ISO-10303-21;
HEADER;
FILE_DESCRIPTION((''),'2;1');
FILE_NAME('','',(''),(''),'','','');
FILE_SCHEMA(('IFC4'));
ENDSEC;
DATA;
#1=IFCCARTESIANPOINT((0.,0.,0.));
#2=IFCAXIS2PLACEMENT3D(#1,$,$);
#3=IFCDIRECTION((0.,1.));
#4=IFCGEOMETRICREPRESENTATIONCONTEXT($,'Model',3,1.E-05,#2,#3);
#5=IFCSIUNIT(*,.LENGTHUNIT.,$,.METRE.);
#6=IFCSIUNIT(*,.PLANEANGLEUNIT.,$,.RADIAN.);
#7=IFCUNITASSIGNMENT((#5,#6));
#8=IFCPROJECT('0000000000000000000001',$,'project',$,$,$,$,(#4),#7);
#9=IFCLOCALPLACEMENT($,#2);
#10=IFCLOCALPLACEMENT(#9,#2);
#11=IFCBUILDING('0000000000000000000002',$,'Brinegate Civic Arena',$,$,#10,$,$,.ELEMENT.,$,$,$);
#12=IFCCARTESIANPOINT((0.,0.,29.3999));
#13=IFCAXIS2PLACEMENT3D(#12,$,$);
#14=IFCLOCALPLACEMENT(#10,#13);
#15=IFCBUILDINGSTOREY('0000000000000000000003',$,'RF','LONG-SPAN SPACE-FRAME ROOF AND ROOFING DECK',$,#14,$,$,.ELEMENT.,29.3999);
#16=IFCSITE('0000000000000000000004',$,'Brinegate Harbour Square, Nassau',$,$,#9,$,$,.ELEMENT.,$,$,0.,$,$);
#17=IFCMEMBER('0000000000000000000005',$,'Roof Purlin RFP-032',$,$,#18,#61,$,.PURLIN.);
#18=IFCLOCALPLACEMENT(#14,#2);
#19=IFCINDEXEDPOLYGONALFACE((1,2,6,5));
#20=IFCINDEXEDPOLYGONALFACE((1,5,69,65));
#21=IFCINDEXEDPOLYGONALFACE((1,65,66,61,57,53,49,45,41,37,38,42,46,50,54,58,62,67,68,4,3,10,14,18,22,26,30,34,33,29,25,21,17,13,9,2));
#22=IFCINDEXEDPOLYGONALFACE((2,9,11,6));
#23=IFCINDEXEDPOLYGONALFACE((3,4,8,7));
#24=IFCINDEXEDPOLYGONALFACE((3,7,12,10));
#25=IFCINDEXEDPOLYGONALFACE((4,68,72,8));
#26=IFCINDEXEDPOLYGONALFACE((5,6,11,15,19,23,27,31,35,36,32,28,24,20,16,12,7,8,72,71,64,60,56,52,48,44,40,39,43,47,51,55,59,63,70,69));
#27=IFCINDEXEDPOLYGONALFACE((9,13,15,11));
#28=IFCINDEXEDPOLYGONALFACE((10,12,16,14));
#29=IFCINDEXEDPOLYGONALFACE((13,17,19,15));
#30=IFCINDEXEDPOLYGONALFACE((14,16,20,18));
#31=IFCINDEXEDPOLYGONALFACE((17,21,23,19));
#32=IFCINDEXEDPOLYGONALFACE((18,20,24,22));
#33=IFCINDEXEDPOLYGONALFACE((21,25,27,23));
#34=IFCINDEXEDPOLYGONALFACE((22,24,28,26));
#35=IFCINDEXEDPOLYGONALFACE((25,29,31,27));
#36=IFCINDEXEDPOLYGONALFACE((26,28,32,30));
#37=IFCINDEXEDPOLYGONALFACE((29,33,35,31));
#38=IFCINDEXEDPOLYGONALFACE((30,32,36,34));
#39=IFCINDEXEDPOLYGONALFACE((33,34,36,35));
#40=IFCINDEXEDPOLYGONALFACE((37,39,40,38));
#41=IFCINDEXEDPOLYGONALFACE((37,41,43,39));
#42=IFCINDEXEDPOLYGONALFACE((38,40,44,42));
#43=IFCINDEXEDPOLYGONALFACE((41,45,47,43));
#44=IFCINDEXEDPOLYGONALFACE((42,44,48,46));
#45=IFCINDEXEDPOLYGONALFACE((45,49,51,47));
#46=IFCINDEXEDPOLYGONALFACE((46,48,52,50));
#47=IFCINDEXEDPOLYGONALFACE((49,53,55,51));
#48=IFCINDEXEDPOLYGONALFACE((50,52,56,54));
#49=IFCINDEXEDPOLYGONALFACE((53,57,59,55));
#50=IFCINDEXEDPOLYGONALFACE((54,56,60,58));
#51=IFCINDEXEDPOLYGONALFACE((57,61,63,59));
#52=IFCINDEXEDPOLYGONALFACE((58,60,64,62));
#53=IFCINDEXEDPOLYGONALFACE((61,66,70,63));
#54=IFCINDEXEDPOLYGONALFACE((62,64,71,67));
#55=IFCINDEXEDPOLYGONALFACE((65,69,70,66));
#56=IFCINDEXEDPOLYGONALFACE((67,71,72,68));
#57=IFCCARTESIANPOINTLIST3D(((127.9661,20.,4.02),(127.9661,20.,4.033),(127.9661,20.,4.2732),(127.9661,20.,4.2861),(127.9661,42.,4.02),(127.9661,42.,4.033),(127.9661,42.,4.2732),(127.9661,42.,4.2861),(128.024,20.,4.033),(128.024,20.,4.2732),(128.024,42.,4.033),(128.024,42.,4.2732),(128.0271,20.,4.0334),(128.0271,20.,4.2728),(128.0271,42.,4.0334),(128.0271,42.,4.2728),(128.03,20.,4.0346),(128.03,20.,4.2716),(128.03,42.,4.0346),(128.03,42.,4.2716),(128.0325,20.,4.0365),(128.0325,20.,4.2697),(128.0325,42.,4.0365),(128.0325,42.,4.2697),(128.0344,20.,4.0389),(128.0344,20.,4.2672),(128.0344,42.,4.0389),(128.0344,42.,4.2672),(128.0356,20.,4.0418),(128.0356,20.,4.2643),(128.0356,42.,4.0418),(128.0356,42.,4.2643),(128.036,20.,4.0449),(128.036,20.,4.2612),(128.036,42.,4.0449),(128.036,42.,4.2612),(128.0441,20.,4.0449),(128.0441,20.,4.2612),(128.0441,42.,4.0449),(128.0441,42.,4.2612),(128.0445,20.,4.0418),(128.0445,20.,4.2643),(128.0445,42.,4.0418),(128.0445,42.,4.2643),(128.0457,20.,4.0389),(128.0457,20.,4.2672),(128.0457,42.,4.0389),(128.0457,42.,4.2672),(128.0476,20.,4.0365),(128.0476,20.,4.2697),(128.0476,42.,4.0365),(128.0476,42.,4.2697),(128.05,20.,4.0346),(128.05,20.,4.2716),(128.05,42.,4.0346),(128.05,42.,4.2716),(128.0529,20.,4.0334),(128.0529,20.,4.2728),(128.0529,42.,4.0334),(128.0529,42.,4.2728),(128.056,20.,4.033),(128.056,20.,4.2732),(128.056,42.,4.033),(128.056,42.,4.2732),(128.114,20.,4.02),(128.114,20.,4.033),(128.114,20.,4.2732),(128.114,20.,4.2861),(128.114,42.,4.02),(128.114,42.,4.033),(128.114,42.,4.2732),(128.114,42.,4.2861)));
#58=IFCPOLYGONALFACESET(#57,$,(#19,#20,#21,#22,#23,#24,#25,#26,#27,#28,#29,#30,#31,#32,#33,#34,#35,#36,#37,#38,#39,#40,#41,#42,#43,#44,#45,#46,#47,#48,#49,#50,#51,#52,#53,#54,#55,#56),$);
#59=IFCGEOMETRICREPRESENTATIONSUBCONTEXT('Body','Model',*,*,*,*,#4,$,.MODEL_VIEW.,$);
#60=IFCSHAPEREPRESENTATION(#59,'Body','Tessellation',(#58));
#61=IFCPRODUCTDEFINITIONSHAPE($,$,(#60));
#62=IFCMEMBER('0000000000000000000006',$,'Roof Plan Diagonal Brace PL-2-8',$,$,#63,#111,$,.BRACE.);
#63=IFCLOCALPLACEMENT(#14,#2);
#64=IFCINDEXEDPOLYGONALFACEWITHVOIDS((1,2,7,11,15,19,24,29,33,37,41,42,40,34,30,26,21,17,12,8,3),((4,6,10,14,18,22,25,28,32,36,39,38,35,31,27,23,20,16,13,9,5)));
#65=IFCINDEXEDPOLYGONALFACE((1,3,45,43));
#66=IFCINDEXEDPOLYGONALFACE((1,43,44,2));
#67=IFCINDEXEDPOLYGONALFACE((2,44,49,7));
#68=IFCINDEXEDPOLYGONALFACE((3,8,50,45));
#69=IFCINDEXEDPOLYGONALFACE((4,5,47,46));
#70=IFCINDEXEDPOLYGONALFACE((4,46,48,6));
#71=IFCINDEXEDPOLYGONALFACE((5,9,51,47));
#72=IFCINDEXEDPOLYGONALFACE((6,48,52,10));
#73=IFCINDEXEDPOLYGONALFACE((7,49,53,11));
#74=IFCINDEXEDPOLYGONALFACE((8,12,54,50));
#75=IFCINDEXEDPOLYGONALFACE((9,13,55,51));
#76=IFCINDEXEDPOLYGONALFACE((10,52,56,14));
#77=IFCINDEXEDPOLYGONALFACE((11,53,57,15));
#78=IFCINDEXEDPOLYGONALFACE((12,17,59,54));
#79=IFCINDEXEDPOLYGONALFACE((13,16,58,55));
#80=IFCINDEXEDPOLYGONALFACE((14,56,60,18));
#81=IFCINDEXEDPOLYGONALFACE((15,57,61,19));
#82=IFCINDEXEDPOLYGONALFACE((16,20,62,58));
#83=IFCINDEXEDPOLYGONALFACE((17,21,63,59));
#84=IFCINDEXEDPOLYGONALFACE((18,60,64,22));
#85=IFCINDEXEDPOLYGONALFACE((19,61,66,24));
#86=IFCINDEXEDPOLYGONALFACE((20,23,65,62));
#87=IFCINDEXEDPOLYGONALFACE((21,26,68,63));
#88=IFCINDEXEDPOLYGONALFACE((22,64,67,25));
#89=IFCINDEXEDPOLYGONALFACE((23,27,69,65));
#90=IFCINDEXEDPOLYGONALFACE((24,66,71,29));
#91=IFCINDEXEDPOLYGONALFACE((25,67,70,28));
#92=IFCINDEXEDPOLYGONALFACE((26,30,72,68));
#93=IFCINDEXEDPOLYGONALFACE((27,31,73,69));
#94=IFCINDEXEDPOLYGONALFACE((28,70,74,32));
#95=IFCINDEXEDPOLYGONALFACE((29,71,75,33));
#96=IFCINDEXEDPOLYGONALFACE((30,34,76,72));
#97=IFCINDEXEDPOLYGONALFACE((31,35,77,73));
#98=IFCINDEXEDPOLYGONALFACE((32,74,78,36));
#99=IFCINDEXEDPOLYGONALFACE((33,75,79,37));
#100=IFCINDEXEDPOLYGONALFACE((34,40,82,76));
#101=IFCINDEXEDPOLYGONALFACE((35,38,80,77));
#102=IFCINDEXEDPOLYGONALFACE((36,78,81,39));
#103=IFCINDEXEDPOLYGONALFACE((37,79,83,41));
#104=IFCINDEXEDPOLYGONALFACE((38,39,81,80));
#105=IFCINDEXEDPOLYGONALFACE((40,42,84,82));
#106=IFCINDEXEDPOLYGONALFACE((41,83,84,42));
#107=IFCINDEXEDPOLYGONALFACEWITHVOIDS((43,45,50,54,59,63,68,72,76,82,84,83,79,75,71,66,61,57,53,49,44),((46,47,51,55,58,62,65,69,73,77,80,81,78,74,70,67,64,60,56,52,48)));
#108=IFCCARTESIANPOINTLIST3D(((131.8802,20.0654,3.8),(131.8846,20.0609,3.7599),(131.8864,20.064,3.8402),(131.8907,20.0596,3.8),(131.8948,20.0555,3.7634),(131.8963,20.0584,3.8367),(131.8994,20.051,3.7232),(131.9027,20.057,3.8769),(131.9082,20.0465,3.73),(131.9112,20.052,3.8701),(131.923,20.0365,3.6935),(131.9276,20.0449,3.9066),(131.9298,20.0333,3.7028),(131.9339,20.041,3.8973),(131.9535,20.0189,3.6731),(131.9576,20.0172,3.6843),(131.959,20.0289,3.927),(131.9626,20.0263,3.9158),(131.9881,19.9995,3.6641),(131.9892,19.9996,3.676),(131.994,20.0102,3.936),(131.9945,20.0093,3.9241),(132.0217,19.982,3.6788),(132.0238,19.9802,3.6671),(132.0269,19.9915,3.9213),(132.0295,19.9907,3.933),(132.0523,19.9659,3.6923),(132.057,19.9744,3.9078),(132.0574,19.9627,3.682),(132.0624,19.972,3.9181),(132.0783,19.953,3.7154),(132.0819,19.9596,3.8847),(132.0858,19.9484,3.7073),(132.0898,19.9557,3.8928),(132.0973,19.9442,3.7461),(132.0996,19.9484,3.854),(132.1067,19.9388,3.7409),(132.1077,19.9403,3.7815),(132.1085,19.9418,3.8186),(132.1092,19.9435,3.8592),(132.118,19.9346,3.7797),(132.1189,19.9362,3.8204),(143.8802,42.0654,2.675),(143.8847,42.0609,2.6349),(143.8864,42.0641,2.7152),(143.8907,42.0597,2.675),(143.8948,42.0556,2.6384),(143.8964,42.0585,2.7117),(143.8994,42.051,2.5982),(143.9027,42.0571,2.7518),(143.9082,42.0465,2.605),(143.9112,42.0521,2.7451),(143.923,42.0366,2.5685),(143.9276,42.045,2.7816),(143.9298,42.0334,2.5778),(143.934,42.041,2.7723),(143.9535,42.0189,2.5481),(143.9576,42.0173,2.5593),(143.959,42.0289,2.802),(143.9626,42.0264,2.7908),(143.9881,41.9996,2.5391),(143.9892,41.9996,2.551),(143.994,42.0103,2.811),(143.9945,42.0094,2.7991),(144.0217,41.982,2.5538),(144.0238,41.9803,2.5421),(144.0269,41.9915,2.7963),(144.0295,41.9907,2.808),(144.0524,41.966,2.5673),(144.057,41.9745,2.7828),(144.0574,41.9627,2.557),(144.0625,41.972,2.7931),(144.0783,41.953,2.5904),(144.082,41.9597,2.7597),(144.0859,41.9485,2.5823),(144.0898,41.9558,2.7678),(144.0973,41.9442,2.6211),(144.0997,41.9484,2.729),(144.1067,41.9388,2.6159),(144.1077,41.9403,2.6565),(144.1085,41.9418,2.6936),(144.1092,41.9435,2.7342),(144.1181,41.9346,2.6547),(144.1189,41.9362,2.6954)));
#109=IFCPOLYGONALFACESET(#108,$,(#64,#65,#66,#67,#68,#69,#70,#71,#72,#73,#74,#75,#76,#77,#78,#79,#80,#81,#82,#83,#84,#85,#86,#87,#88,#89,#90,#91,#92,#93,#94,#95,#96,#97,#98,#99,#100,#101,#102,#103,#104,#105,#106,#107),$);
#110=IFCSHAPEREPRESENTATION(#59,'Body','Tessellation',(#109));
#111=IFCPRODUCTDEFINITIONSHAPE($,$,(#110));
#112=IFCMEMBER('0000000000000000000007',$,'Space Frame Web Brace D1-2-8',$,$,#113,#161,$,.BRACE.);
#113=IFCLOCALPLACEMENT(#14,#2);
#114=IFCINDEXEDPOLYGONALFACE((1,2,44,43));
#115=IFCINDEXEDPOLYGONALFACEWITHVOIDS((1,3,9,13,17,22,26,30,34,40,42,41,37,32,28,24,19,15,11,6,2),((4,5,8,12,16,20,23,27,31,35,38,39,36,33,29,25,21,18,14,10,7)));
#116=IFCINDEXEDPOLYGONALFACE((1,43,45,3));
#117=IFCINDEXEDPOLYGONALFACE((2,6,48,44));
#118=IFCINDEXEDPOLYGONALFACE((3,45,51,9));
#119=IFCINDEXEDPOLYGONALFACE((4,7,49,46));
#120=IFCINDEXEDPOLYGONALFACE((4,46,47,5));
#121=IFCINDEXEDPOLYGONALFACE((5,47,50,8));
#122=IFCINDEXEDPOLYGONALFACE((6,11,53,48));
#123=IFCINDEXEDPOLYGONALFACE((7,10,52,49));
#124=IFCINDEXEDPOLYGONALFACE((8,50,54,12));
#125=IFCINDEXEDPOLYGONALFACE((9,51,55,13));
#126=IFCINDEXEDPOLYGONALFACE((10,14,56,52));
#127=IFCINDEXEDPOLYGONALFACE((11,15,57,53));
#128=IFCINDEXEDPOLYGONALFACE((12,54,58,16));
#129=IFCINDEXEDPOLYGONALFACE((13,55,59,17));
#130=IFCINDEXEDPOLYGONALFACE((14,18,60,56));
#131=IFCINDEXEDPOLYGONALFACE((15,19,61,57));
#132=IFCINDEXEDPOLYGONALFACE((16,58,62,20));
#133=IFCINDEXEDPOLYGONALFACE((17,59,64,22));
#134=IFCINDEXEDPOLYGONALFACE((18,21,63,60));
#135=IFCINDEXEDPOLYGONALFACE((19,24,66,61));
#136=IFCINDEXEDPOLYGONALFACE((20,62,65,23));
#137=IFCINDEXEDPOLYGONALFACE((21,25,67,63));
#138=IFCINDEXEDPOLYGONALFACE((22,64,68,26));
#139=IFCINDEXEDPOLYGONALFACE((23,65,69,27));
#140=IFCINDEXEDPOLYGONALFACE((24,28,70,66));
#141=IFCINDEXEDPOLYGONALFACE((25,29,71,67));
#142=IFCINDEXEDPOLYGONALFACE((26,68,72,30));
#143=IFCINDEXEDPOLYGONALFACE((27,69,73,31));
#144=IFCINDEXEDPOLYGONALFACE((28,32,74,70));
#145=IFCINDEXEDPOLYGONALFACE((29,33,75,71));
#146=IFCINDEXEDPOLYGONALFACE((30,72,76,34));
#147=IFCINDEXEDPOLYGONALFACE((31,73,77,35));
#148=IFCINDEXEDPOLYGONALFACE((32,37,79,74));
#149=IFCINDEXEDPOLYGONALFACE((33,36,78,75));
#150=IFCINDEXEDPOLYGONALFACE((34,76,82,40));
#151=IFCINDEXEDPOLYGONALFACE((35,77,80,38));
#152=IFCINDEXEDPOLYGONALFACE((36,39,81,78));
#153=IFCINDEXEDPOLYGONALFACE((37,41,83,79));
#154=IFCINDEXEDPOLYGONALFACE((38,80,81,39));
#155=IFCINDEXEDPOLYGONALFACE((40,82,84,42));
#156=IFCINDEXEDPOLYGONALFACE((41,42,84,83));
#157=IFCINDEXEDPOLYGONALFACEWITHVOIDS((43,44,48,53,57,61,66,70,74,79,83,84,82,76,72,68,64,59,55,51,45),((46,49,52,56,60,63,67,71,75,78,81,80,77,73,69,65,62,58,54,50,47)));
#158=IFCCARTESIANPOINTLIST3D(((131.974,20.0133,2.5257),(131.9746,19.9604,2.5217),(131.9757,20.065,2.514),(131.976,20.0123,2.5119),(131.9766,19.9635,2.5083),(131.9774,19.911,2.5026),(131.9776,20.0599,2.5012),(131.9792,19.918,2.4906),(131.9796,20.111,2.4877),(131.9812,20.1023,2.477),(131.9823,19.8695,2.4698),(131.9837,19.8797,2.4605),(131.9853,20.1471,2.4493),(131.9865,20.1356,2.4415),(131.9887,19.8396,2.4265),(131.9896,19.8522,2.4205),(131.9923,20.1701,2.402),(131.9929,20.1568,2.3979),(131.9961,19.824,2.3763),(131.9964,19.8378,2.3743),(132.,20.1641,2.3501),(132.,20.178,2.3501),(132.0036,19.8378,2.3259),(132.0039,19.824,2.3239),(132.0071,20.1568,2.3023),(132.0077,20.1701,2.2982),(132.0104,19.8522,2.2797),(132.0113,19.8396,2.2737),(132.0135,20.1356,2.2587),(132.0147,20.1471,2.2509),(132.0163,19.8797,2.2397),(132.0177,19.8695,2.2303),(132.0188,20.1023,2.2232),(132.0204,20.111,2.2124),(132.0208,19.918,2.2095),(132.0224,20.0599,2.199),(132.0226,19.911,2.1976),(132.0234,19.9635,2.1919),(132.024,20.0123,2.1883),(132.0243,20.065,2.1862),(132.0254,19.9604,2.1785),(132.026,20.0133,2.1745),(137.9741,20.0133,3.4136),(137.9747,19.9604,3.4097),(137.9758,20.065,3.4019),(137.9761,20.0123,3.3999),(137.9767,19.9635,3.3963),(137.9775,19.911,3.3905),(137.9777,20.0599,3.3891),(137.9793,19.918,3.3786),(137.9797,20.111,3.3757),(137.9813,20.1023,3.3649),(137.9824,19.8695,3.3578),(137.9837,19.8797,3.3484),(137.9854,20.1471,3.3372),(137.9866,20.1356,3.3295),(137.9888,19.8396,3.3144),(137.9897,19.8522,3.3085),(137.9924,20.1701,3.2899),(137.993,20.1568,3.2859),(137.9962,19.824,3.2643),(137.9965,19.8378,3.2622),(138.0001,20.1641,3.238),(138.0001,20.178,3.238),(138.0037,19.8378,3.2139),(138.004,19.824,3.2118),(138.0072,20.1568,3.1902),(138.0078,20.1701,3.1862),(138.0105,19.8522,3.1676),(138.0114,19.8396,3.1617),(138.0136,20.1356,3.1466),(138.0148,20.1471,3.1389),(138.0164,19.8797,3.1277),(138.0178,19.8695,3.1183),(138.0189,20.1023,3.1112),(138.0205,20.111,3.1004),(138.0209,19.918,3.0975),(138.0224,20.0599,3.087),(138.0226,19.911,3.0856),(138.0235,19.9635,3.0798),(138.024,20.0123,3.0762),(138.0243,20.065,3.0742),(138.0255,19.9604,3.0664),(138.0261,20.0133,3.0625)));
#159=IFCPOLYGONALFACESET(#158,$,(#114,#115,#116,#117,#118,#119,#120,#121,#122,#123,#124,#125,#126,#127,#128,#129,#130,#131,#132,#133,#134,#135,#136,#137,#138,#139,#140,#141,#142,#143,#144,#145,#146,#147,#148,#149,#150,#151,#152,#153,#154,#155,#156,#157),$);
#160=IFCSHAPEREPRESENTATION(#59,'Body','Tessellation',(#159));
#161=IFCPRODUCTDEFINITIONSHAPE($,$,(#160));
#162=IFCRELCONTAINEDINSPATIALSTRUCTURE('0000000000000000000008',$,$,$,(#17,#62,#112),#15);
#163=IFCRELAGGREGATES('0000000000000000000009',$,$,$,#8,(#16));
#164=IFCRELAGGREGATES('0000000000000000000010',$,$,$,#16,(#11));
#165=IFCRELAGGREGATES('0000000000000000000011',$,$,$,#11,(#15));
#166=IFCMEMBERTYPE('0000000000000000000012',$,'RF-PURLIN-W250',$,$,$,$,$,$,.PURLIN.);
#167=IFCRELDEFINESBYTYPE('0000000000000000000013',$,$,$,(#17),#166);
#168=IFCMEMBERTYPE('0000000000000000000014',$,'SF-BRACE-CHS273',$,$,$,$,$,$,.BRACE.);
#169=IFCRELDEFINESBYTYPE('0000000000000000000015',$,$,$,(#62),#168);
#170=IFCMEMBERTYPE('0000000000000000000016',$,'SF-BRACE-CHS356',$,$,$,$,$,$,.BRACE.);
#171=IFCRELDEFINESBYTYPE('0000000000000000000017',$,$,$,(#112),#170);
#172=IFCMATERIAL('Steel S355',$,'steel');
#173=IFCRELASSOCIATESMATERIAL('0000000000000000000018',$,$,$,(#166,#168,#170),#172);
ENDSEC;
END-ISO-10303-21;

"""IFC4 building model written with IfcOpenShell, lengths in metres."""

from ifc_helpers import new_model, si_unit, direction, frame, origin, origin_2d, place, context, subcontext, project, spatial, hollow_circle, i_section, extrude, material, material_profile, profile_set, type_object, element, save


model = new_model("IFC4")

# Units and contexts
model_context = context("Model", 3, precision=1e-05, world=origin(), true_north=direction((0.0, 1.0)))
body_context = subcontext(model_context, "Body", "Model", "MODEL_VIEW")
ifc_project = project(units=[si_unit("LENGTHUNIT", "METRE"), si_unit("PLANEANGLEUNIT", "RADIAN")], contexts=[model_context])

# Site, building, storey
site_placement = place(None, origin())
site = spatial("IfcSite", under=ifc_project, at=site_placement, Name="Brinegate Harbour Square, Nassau", CompositionType="ELEMENT", RefElevation=0.0)
building_placement = place(site_placement, origin())
building = spatial("IfcBuilding", under=site, at=building_placement, Name="Brinegate Civic Arena", CompositionType="ELEMENT")
storey_placement = place(building_placement, frame((0.0, 0.0, 29.3999)))
storey = spatial("IfcBuildingStorey", under=building, at=storey_placement, Name="RF", Description="LONG-SPAN SPACE-FRAME ROOF AND ROOFING DECK", CompositionType="ELEMENT", Elevation=29.3999)

# Shared definitions
ifc_material_1 = material(Name="Steel S355", Category="steel")

# Members
ifc_material_profile_1 = material_profile(ifc_material_1, i_section(OverallWidth=0.1479, OverallDepth=0.2661, WebThickness=0.0081, FlangeThickness=0.0129, FilletRadius=0.012, at=origin_2d()), Name="W250X45")
ifc_profile_set_1 = profile_set([ifc_material_profile_1], Name="Steel S355")
member_type_1 = type_object("IfcMemberType", Name="RF-PURLIN-W250", PredefinedType="PURLIN", material=ifc_profile_set_1)
member_1_placement = place(storey_placement, frame((128.04, 20.0, 4.1531), z_axis=(0.0, 1.0, 0.0), x_axis=(-1.0, 0.0, 0.0)))
element("IfcMember", 1, at=member_1_placement, inside=storey, type_object=member_type_1, Name="Roof Purlin RFP-032", PredefinedType="PURLIN", context=body_context, shape_type="SweptSolid", body=[
    extrude(i_section(OverallWidth=0.1479, OverallDepth=0.2661, WebThickness=0.0081, FlangeThickness=0.0129, FilletRadius=0.012, at=origin_2d()), origin(), (0.0, 0.0, 1.0), 22.0),
])
ifc_material_profile_2 = material_profile(ifc_material_1, hollow_circle(Radius=0.1365, WallThickness=0.012, at=origin_2d()), Name="CHS273X12")
ifc_profile_set_2 = profile_set([ifc_material_profile_2], Name="Steel S355")
member_type_2 = type_object("IfcMemberType", Name="SF-BRACE-CHS273", PredefinedType="BRACE", material=ifc_profile_set_2)
member_2_placement = place(storey_placement, frame((132.0, 20.0, 3.8), z_axis=(0.47837, 0.877012, -0.044847), x_axis=(-0.877896, 0.478852, 0.0)))
element("IfcMember", 2, at=member_2_placement, inside=storey, type_object=member_type_2, Name="Roof Plan Diagonal Brace PL-2-8", PredefinedType="BRACE", context=body_context, shape_type="SweptSolid", body=[
    extrude(hollow_circle(Radius=0.1365, WallThickness=0.012, at=origin_2d()), origin(), (0.0, 0.0, 1.0), 25.0852),
])
ifc_material_profile_3 = material_profile(ifc_material_1, hollow_circle(Radius=0.178, WallThickness=0.0139, at=origin_2d()), Name="CHS356X14")
ifc_profile_set_3 = profile_set([ifc_material_profile_3], Name="Steel S355")
member_type_3 = type_object("IfcMemberType", Name="SF-BRACE-CHS356", PredefinedType="BRACE", material=ifc_profile_set_3)
member_3_placement = place(storey_placement, frame((132.0, 20.0, 2.3501), z_axis=(0.989226, 0.0, 0.146395), x_axis=(0.0, 1.0, 0.0)))
element("IfcMember", 3, at=member_3_placement, inside=storey, type_object=member_type_3, Name="Space Frame Web Brace D1-2-8", PredefinedType="BRACE", context=body_context, shape_type="SweptSolid", body=[
    extrude(hollow_circle(Radius=0.178, WallThickness=0.0139, at=origin_2d()), origin(), (0.0, 0.0, 1.0), 6.0654),
])

save(model, "model.ifc")
